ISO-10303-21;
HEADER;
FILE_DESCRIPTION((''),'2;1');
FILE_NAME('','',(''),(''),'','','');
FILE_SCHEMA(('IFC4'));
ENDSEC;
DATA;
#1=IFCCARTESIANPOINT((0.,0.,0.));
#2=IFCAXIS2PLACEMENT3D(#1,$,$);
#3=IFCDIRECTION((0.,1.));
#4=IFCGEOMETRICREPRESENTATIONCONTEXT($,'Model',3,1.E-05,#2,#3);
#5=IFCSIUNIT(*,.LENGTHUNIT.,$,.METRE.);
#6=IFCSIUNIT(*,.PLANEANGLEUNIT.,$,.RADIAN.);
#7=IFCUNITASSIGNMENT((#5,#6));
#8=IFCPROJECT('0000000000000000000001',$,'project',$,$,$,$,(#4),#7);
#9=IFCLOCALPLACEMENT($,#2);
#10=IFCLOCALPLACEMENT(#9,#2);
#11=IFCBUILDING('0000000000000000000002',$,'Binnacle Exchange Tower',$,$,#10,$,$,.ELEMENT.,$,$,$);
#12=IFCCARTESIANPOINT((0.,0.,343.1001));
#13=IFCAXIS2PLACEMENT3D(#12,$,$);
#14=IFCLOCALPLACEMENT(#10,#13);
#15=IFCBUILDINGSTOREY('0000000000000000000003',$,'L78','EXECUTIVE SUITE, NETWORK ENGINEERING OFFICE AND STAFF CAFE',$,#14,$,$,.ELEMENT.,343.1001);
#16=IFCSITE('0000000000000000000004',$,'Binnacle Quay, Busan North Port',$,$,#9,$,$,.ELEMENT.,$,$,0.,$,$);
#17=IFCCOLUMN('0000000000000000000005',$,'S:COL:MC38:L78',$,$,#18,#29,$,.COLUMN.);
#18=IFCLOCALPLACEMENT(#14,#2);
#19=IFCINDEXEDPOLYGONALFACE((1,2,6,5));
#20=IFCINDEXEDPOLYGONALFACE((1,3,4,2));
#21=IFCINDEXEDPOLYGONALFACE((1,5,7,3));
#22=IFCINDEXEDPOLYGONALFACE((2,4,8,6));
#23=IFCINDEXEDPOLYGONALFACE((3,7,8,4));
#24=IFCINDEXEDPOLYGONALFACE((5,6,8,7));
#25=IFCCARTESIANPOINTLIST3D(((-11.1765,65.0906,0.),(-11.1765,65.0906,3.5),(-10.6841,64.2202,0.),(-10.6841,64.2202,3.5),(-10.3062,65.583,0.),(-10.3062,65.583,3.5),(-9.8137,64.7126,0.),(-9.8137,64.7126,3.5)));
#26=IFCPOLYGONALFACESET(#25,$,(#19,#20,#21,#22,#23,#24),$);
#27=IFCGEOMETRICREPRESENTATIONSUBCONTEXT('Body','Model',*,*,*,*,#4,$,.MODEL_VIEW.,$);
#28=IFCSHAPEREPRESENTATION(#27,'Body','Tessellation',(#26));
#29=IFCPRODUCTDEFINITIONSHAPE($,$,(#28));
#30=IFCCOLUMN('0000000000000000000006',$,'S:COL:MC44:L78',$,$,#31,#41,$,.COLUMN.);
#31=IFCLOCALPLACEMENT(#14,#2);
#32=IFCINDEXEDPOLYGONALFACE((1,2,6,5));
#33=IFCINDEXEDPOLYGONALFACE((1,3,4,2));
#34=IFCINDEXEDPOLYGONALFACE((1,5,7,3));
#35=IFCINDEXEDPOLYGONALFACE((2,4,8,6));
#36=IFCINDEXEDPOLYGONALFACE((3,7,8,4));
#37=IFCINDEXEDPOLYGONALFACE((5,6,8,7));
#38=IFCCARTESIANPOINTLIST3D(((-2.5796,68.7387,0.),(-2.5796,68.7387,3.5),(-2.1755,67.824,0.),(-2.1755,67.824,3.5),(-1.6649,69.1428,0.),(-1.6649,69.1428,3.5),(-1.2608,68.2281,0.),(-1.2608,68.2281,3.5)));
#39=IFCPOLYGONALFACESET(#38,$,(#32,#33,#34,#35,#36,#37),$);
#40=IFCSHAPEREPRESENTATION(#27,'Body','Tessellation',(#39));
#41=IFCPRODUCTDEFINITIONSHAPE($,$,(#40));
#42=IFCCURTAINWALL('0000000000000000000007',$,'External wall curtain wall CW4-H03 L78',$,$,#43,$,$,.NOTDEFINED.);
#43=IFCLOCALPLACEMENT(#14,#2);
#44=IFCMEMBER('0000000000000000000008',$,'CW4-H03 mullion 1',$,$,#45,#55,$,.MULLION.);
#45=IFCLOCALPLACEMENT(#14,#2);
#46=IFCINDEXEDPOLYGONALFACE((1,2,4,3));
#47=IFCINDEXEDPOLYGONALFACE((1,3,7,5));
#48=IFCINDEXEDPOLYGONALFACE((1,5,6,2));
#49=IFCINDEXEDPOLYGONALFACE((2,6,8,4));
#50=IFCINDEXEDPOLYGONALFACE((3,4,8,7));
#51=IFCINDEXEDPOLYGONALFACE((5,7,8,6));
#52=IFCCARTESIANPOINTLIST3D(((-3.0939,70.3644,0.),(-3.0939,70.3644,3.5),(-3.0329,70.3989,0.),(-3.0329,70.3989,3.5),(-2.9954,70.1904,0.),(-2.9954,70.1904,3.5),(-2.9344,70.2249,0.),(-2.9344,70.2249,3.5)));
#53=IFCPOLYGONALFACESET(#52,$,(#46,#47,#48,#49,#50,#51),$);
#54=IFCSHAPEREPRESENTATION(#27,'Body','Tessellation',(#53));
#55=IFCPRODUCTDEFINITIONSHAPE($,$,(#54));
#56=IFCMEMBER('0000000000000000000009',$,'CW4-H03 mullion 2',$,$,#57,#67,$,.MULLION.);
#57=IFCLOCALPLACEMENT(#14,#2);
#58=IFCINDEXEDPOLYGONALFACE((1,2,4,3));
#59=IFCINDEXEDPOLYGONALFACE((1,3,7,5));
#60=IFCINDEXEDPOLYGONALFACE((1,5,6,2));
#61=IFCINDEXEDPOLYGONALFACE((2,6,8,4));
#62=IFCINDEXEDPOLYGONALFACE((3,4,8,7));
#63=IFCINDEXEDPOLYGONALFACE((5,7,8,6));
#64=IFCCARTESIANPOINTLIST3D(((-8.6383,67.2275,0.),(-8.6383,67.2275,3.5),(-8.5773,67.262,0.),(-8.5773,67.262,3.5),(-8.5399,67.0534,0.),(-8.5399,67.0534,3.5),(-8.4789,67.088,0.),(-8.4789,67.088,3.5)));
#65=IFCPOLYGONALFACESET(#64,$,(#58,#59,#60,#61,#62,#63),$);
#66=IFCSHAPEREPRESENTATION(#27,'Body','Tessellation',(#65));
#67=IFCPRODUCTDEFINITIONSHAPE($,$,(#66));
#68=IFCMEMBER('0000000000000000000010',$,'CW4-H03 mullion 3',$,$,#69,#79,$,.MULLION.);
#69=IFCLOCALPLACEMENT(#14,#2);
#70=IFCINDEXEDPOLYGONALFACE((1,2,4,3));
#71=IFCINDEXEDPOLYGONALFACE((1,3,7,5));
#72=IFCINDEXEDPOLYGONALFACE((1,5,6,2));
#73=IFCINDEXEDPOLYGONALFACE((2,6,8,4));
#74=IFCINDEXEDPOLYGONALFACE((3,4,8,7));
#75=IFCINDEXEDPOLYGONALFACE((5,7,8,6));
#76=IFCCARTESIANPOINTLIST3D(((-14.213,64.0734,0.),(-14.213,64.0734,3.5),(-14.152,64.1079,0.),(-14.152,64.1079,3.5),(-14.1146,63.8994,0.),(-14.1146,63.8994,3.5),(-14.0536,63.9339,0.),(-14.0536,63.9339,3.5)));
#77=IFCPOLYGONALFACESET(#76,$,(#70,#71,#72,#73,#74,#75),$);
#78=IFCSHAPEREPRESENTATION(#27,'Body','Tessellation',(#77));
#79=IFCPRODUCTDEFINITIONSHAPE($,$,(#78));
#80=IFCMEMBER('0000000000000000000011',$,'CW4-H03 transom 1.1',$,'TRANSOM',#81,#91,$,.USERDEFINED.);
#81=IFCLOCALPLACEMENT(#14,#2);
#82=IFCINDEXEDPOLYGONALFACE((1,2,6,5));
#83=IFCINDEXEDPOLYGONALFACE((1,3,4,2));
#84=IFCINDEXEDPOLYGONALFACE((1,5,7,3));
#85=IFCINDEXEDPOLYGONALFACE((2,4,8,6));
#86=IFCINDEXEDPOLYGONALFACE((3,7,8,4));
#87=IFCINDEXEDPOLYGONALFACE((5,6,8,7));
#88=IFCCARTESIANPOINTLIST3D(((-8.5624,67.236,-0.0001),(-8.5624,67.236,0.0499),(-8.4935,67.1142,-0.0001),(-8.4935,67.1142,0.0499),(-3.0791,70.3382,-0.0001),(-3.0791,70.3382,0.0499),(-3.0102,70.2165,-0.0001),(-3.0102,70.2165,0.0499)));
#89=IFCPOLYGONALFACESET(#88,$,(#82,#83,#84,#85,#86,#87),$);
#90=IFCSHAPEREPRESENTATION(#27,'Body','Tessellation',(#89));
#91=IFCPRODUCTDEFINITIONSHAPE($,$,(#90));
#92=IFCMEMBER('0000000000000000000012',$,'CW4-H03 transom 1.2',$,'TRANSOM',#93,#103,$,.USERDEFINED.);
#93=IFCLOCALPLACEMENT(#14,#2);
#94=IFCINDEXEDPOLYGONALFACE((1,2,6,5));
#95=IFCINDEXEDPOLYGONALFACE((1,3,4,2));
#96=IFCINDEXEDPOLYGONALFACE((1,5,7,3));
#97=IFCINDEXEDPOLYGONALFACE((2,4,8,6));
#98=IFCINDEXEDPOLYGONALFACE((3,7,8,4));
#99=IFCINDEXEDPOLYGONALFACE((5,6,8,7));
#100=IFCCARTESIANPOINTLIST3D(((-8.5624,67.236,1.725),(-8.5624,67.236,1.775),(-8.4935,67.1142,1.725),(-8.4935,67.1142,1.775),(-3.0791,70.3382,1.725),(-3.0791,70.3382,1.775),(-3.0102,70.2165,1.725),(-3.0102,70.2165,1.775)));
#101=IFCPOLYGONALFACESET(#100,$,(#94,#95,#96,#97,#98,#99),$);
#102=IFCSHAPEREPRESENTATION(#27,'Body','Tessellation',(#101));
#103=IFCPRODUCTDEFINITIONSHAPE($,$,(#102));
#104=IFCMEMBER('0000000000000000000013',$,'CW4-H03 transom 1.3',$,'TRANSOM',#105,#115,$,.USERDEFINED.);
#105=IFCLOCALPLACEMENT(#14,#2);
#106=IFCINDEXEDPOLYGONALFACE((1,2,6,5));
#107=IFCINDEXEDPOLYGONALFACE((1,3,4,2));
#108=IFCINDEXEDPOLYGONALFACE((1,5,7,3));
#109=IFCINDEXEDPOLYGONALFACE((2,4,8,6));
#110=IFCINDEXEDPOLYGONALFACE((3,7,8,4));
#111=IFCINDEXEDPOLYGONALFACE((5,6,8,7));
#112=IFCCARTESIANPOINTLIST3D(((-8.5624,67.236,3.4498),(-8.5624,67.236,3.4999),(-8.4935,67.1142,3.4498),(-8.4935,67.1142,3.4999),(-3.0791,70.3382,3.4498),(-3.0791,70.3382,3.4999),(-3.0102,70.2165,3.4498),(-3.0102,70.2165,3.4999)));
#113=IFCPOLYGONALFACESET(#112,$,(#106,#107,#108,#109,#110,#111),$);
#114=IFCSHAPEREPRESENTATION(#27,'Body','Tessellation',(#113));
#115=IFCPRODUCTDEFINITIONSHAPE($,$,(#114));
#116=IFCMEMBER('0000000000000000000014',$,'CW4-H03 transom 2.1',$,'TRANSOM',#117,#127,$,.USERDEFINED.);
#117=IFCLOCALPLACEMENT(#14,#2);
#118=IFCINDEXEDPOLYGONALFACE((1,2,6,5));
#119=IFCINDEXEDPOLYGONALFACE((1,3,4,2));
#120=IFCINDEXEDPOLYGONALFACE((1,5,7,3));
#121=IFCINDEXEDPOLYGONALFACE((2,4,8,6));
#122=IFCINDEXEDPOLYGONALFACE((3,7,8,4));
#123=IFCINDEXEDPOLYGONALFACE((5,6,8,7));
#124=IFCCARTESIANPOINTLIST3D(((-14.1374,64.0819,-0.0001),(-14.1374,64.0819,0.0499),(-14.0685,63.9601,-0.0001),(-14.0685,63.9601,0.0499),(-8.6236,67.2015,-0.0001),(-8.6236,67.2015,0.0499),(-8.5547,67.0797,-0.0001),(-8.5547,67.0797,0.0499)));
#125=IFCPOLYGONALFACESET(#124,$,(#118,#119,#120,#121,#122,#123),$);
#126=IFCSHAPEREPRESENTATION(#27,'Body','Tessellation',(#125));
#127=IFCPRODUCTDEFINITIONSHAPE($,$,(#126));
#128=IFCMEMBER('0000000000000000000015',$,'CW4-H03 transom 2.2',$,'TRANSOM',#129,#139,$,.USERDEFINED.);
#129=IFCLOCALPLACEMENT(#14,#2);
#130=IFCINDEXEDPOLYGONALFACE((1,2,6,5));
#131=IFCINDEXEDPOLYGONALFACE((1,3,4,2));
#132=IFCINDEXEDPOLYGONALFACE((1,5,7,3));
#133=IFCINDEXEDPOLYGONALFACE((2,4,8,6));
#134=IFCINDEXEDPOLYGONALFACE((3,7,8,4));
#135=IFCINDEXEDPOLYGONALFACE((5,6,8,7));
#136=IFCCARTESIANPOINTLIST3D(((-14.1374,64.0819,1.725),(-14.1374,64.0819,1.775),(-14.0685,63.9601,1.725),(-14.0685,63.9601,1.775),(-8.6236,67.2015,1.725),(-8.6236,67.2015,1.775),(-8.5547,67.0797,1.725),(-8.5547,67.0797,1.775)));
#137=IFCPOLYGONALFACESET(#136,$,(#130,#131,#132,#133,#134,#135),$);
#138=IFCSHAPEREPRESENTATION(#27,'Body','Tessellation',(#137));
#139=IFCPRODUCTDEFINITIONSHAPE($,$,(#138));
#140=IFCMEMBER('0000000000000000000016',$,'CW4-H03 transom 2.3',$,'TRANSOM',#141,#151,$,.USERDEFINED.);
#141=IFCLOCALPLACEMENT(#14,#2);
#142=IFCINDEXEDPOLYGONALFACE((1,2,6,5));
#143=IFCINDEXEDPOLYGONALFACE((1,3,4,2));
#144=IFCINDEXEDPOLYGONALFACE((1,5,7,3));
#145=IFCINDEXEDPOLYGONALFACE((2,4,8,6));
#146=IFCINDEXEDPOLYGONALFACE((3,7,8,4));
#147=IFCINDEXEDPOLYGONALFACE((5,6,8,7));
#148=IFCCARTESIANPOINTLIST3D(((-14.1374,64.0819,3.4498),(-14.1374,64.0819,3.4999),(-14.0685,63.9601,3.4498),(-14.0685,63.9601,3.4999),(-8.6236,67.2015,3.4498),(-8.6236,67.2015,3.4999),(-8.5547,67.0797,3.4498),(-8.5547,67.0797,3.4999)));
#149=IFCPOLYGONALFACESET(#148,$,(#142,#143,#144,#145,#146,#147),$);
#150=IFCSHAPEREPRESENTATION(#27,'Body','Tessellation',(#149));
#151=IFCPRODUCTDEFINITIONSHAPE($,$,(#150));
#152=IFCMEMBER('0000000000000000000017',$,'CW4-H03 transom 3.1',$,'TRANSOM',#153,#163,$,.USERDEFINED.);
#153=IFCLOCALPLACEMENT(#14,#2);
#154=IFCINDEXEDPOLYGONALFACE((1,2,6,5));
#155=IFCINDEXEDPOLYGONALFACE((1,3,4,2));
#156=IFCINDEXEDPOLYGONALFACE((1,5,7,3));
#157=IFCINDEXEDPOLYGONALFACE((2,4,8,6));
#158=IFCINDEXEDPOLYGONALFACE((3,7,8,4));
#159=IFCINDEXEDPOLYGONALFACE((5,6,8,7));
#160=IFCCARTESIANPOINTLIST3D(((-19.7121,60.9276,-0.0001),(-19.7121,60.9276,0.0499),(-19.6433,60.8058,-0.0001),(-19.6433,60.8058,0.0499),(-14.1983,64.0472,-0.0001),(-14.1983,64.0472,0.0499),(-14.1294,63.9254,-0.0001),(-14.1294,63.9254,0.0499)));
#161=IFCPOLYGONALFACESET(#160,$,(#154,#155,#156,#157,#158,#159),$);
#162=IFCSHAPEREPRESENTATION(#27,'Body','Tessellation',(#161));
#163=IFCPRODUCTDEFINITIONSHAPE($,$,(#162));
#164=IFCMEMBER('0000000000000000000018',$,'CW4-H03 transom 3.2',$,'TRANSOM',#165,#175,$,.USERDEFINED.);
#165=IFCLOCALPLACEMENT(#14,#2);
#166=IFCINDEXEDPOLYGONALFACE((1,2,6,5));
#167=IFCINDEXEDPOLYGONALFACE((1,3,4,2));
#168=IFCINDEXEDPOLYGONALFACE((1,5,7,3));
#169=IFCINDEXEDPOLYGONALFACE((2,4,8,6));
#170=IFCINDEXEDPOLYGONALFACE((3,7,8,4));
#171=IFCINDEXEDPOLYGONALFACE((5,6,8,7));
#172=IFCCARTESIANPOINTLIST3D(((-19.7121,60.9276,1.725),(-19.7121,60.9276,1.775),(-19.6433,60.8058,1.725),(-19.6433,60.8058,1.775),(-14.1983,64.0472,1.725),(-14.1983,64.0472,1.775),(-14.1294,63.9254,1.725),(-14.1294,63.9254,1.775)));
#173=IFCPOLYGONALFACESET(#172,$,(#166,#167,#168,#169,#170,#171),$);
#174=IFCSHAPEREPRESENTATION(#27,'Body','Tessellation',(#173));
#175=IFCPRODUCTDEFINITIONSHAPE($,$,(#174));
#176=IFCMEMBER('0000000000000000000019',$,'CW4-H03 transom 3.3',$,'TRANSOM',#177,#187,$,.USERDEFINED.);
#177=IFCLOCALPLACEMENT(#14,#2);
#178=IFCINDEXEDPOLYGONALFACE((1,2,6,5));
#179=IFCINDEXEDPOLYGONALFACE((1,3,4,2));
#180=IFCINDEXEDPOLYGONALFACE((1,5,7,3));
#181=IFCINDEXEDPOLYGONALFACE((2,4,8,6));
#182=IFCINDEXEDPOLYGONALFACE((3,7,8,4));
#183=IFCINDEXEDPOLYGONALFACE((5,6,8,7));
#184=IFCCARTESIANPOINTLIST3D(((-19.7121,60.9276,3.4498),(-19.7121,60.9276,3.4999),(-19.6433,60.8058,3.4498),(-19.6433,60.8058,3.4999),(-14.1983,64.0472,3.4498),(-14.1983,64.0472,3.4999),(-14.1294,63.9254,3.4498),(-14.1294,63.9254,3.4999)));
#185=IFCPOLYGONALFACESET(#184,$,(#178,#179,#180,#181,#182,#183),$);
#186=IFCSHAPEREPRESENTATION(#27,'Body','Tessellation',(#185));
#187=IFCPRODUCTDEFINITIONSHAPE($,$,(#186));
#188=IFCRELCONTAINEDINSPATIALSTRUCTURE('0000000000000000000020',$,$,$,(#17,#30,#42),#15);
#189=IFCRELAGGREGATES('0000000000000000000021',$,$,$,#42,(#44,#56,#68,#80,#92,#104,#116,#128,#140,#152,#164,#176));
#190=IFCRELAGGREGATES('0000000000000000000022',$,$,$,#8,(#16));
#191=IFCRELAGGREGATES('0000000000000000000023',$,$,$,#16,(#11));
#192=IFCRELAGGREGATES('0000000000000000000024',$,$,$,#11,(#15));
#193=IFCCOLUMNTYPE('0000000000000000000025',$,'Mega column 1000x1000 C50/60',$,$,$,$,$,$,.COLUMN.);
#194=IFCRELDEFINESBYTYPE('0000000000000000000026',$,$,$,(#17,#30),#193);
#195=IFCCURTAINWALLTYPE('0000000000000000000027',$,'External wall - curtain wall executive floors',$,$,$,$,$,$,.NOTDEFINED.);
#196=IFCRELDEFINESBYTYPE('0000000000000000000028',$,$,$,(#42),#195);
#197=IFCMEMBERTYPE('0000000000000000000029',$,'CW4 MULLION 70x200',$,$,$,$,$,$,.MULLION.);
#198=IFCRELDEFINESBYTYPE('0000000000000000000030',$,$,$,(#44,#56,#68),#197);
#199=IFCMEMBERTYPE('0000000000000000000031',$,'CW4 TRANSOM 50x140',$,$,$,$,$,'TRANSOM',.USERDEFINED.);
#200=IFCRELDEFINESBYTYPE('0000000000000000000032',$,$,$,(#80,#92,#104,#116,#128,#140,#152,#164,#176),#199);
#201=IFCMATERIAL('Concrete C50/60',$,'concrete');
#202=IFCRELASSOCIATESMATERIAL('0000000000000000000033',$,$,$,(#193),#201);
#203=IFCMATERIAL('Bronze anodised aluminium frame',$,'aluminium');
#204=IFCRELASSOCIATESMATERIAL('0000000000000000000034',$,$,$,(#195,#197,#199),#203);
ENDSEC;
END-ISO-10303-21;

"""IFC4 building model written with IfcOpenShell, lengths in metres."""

from ifc_helpers import new_model, si_unit, direction, frame, origin, origin_2d, place, context, subcontext, project, spatial, rectangle, extrude, material, material_profile, profile_set, type_object, element, aggregate, save


model = new_model("IFC4")

# Units and contexts
model_context = context("Model", 3, precision=1e-05, world=origin(), true_north=direction((0.0, 1.0)))
body_context = subcontext(model_context, "Body", "Model", "MODEL_VIEW")
ifc_project = project(units=[si_unit("LENGTHUNIT", "METRE"), si_unit("PLANEANGLEUNIT", "RADIAN")], contexts=[model_context])

# Site, building, storey
site_placement = place(None, origin())
site = spatial("IfcSite", under=ifc_project, at=site_placement, Name="Binnacle Quay, Busan North Port", CompositionType="ELEMENT", RefElevation=0.0)
building_placement = place(site_placement, origin())
building = spatial("IfcBuilding", under=site, at=building_placement, Name="Binnacle Exchange Tower", CompositionType="ELEMENT")
storey_placement = place(building_placement, frame((0.0, 0.0, 343.1001)))
storey = spatial("IfcBuildingStorey", under=building, at=storey_placement, Name="L78", Description="EXECUTIVE SUITE, NETWORK ENGINEERING OFFICE AND STAFF CAFE", CompositionType="ELEMENT", Elevation=343.1001)

# Columns
ifc_material_1 = material(Name="Concrete C50/60", Category="concrete")
ifc_material_profile_1 = material_profile(ifc_material_1, rectangle(XDim=1.0, YDim=1.0, at=origin_2d()), Name="Mega column 1000x1000 C50/60")
ifc_profile_set_1 = profile_set([ifc_material_profile_1], Name="Concrete C50/60")
column_type = type_object("IfcColumnType", Name="Mega column 1000x1000 C50/60", PredefinedType="COLUMN", material=ifc_profile_set_1)
for number, where, z_axis, x_axis, name in (
    (1, (-10.4951, 64.9016, 0.0), (0.0, 0.0, 1.0), (-0.870356, -0.492424, 0.0), "S:COL:MC38:L78"),
    (2, (-1.9202, 68.4834, 0.0), (0.0, 0.0, 1.0), (-0.914713, -0.404104, 0.0), "S:COL:MC44:L78"),
):
    element("IfcColumn", number, at=place(storey_placement, frame(where, z_axis=z_axis, x_axis=x_axis)), inside=storey, type_object=column_type, Name=name, PredefinedType="COLUMN", context=body_context, shape_type="SweptSolid", body=[
        extrude(rectangle(XDim=1.0, YDim=1.0, at=origin_2d()), origin(), (0.0, 0.0, 1.0), 3.5),
    ])

# Curtain wall, members
ifc_material_2 = material(Name="Bronze anodised aluminium frame", Category="aluminium")
curtain_wall_type = type_object("IfcCurtainWallType", Name="External wall - curtain wall executive floors", PredefinedType="NOTDEFINED", material=ifc_material_2)
curtain_wall_placement = place(storey_placement, origin())
curtain_wall = element("IfcCurtainWall", 3, at=curtain_wall_placement, inside=storey, type_object=curtain_wall_type, Name="External wall curtain wall CW4-H03 L78", PredefinedType="NOTDEFINED")
ifc_material_profile_2 = material_profile(ifc_material_2, rectangle(XDim=0.2, YDim=0.0701, at=origin_2d()), Name="AL 70x200")
ifc_profile_set_2 = profile_set([ifc_material_profile_2], Name="Bronze anodised aluminium frame")
member_type_1 = type_object("IfcMemberType", Name="CW4 MULLION 70x200", PredefinedType="MULLION", material=ifc_profile_set_2)
member_1_placement = place(storey_placement, frame((-3.0142, 70.2947, 0.0), z_axis=(0.0, 0.0, 1.0), x_axis=(0.492424, -0.870356, 0.0)))
member_1 = element("IfcMember", 4, at=member_1_placement, type_object=member_type_1, Name="CW4-H03 mullion 1", PredefinedType="MULLION", context=body_context, shape_type="SweptSolid", body=[
    extrude(rectangle(XDim=0.2, YDim=0.0701, at=origin_2d()), origin(), (0.0, 0.0, 1.0), 3.5),
])
member_2_placement = place(storey_placement, frame((-8.5586, 67.1577, 0.0), z_axis=(0.0, 0.0, 1.0), x_axis=(0.492424, -0.870356, 0.0)))
member_2 = element("IfcMember", 5, at=member_2_placement, type_object=member_type_1, Name="CW4-H03 mullion 2", PredefinedType="MULLION", context=body_context, shape_type="SweptSolid", body=[
    extrude(rectangle(XDim=0.2, YDim=0.0701, at=origin_2d()), origin(), (0.0, 0.0, 1.0), 3.5),
])
member_3_placement = place(storey_placement, frame((-14.1333, 64.0037, 0.0), z_axis=(0.0, 0.0, 1.0), x_axis=(0.492424, -0.870356, 0.0)))
member_3 = element("IfcMember", 6, at=member_3_placement, type_object=member_type_1, Name="CW4-H03 mullion 3", PredefinedType="MULLION", context=body_context, shape_type="SweptSolid", body=[
    extrude(rectangle(XDim=0.2, YDim=0.0701, at=origin_2d()), origin(), (0.0, 0.0, 1.0), 3.5),
])
ifc_material_profile_3 = material_profile(ifc_material_2, rectangle(XDim=0.1399, YDim=0.05, at=origin_2d()), Name="AL 140x50")
ifc_profile_set_3 = profile_set([ifc_material_profile_3], Name="Bronze anodised aluminium frame")
member_type_2 = type_object("IfcMemberType", Name="CW4 TRANSOM 50x140", ElementType="TRANSOM", PredefinedType="USERDEFINED", material=ifc_profile_set_3)
member_4_placement = place(storey_placement, frame((-3.0447, 70.2773, 0.0249), z_axis=(-0.87036, -0.492416, 0.0), x_axis=(0.492416, -0.87036, 0.0)))
member_4 = element("IfcMember", 7, at=member_4_placement, type_object=member_type_2, Name="CW4-H03 transom 1.1", ObjectType="TRANSOM", PredefinedType="USERDEFINED", context=body_context, shape_type="SweptSolid", body=[
    extrude(rectangle(XDim=0.1399, YDim=0.05, at=origin_2d()), origin(), (0.0, 0.0, 1.0), 6.3),
])
member_5_placement = place(storey_placement, frame((-3.0447, 70.2773, 1.75), z_axis=(-0.87036, -0.492416, 0.0), x_axis=(0.492416, -0.87036, 0.0)))
member_5 = element("IfcMember", 8, at=member_5_placement, type_object=member_type_2, Name="CW4-H03 transom 1.2", ObjectType="TRANSOM", PredefinedType="USERDEFINED", context=body_context, shape_type="SweptSolid", body=[
    extrude(rectangle(XDim=0.1399, YDim=0.05, at=origin_2d()), origin(), (0.0, 0.0, 1.0), 6.3),
])
member_6_placement = place(storey_placement, frame((-3.0447, 70.2773, 3.4749), z_axis=(-0.87036, -0.492416, 0.0), x_axis=(0.492416, -0.87036, 0.0)))
member_6 = element("IfcMember", 9, at=member_6_placement, type_object=member_type_2, Name="CW4-H03 transom 1.3", ObjectType="TRANSOM", PredefinedType="USERDEFINED", context=body_context, shape_type="SweptSolid", body=[
    extrude(rectangle(XDim=0.1399, YDim=0.05, at=origin_2d()), origin(), (0.0, 0.0, 1.0), 6.3),
])
member_7_placement = place(storey_placement, frame((-8.5891, 67.1406, 0.0249), z_axis=(-0.870355, -0.492424, 0.0), x_axis=(0.492424, -0.870355, 0.0)))
member_7 = element("IfcMember", 10, at=member_7_placement, type_object=member_type_2, Name="CW4-H03 transom 2.1", ObjectType="TRANSOM", PredefinedType="USERDEFINED", context=body_context, shape_type="SweptSolid", body=[
    extrude(rectangle(XDim=0.1399, YDim=0.05, at=origin_2d()), origin(), (0.0, 0.0, 1.0), 6.3352),
])
member_8_placement = place(storey_placement, frame((-8.5891, 67.1406, 1.75), z_axis=(-0.870355, -0.492424, 0.0), x_axis=(0.492424, -0.870355, 0.0)))
member_8 = element("IfcMember", 11, at=member_8_placement, type_object=member_type_2, Name="CW4-H03 transom 2.2", ObjectType="TRANSOM", PredefinedType="USERDEFINED", context=body_context, shape_type="SweptSolid", body=[
    extrude(rectangle(XDim=0.1399, YDim=0.05, at=origin_2d()), origin(), (0.0, 0.0, 1.0), 6.3352),
])
member_9_placement = place(storey_placement, frame((-8.5891, 67.1406, 3.4749), z_axis=(-0.870355, -0.492424, 0.0), x_axis=(0.492424, -0.870355, 0.0)))
member_9 = element("IfcMember", 12, at=member_9_placement, type_object=member_type_2, Name="CW4-H03 transom 2.3", ObjectType="TRANSOM", PredefinedType="USERDEFINED", context=body_context, shape_type="SweptSolid", body=[
    extrude(rectangle(XDim=0.1399, YDim=0.05, at=origin_2d()), origin(), (0.0, 0.0, 1.0), 6.3352),
])
member_10_placement = place(storey_placement, frame((-14.1638, 63.9863, 0.0249), z_axis=(-0.870355, -0.492424, 0.0), x_axis=(0.492424, -0.870355, 0.0)))
member_10 = element("IfcMember", 13, at=member_10_placement, type_object=member_type_2, Name="CW4-H03 transom 3.1", ObjectType="TRANSOM", PredefinedType="USERDEFINED", context=body_context, shape_type="SweptSolid", body=[
    extrude(rectangle(XDim=0.1399, YDim=0.05, at=origin_2d()), origin(), (0.0, 0.0, 1.0), 6.3352),
])
member_11_placement = place(storey_placement, frame((-14.1638, 63.9863, 1.75), z_axis=(-0.870355, -0.492424, 0.0), x_axis=(0.492424, -0.870355, 0.0)))
member_11 = element("IfcMember", 14, at=member_11_placement, type_object=member_type_2, Name="CW4-H03 transom 3.2", ObjectType="TRANSOM", PredefinedType="USERDEFINED", context=body_context, shape_type="SweptSolid", body=[
    extrude(rectangle(XDim=0.1399, YDim=0.05, at=origin_2d()), origin(), (0.0, 0.0, 1.0), 6.3352),
])
member_12_placement = place(storey_placement, frame((-14.1638, 63.9863, 3.4749), z_axis=(-0.870355, -0.492424, 0.0), x_axis=(0.492424, -0.870355, 0.0)))
member_12 = element("IfcMember", 15, at=member_12_placement, type_object=member_type_2, Name="CW4-H03 transom 3.3", ObjectType="TRANSOM", PredefinedType="USERDEFINED", context=body_context, shape_type="SweptSolid", body=[
    extrude(rectangle(XDim=0.1399, YDim=0.05, at=origin_2d()), origin(), (0.0, 0.0, 1.0), 6.3352),
])

aggregate(curtain_wall, [member_1, member_2, member_3, member_4, member_5, member_6, member_7, member_8, member_9, member_10, member_11, member_12])

save(model, "model.ifc")
